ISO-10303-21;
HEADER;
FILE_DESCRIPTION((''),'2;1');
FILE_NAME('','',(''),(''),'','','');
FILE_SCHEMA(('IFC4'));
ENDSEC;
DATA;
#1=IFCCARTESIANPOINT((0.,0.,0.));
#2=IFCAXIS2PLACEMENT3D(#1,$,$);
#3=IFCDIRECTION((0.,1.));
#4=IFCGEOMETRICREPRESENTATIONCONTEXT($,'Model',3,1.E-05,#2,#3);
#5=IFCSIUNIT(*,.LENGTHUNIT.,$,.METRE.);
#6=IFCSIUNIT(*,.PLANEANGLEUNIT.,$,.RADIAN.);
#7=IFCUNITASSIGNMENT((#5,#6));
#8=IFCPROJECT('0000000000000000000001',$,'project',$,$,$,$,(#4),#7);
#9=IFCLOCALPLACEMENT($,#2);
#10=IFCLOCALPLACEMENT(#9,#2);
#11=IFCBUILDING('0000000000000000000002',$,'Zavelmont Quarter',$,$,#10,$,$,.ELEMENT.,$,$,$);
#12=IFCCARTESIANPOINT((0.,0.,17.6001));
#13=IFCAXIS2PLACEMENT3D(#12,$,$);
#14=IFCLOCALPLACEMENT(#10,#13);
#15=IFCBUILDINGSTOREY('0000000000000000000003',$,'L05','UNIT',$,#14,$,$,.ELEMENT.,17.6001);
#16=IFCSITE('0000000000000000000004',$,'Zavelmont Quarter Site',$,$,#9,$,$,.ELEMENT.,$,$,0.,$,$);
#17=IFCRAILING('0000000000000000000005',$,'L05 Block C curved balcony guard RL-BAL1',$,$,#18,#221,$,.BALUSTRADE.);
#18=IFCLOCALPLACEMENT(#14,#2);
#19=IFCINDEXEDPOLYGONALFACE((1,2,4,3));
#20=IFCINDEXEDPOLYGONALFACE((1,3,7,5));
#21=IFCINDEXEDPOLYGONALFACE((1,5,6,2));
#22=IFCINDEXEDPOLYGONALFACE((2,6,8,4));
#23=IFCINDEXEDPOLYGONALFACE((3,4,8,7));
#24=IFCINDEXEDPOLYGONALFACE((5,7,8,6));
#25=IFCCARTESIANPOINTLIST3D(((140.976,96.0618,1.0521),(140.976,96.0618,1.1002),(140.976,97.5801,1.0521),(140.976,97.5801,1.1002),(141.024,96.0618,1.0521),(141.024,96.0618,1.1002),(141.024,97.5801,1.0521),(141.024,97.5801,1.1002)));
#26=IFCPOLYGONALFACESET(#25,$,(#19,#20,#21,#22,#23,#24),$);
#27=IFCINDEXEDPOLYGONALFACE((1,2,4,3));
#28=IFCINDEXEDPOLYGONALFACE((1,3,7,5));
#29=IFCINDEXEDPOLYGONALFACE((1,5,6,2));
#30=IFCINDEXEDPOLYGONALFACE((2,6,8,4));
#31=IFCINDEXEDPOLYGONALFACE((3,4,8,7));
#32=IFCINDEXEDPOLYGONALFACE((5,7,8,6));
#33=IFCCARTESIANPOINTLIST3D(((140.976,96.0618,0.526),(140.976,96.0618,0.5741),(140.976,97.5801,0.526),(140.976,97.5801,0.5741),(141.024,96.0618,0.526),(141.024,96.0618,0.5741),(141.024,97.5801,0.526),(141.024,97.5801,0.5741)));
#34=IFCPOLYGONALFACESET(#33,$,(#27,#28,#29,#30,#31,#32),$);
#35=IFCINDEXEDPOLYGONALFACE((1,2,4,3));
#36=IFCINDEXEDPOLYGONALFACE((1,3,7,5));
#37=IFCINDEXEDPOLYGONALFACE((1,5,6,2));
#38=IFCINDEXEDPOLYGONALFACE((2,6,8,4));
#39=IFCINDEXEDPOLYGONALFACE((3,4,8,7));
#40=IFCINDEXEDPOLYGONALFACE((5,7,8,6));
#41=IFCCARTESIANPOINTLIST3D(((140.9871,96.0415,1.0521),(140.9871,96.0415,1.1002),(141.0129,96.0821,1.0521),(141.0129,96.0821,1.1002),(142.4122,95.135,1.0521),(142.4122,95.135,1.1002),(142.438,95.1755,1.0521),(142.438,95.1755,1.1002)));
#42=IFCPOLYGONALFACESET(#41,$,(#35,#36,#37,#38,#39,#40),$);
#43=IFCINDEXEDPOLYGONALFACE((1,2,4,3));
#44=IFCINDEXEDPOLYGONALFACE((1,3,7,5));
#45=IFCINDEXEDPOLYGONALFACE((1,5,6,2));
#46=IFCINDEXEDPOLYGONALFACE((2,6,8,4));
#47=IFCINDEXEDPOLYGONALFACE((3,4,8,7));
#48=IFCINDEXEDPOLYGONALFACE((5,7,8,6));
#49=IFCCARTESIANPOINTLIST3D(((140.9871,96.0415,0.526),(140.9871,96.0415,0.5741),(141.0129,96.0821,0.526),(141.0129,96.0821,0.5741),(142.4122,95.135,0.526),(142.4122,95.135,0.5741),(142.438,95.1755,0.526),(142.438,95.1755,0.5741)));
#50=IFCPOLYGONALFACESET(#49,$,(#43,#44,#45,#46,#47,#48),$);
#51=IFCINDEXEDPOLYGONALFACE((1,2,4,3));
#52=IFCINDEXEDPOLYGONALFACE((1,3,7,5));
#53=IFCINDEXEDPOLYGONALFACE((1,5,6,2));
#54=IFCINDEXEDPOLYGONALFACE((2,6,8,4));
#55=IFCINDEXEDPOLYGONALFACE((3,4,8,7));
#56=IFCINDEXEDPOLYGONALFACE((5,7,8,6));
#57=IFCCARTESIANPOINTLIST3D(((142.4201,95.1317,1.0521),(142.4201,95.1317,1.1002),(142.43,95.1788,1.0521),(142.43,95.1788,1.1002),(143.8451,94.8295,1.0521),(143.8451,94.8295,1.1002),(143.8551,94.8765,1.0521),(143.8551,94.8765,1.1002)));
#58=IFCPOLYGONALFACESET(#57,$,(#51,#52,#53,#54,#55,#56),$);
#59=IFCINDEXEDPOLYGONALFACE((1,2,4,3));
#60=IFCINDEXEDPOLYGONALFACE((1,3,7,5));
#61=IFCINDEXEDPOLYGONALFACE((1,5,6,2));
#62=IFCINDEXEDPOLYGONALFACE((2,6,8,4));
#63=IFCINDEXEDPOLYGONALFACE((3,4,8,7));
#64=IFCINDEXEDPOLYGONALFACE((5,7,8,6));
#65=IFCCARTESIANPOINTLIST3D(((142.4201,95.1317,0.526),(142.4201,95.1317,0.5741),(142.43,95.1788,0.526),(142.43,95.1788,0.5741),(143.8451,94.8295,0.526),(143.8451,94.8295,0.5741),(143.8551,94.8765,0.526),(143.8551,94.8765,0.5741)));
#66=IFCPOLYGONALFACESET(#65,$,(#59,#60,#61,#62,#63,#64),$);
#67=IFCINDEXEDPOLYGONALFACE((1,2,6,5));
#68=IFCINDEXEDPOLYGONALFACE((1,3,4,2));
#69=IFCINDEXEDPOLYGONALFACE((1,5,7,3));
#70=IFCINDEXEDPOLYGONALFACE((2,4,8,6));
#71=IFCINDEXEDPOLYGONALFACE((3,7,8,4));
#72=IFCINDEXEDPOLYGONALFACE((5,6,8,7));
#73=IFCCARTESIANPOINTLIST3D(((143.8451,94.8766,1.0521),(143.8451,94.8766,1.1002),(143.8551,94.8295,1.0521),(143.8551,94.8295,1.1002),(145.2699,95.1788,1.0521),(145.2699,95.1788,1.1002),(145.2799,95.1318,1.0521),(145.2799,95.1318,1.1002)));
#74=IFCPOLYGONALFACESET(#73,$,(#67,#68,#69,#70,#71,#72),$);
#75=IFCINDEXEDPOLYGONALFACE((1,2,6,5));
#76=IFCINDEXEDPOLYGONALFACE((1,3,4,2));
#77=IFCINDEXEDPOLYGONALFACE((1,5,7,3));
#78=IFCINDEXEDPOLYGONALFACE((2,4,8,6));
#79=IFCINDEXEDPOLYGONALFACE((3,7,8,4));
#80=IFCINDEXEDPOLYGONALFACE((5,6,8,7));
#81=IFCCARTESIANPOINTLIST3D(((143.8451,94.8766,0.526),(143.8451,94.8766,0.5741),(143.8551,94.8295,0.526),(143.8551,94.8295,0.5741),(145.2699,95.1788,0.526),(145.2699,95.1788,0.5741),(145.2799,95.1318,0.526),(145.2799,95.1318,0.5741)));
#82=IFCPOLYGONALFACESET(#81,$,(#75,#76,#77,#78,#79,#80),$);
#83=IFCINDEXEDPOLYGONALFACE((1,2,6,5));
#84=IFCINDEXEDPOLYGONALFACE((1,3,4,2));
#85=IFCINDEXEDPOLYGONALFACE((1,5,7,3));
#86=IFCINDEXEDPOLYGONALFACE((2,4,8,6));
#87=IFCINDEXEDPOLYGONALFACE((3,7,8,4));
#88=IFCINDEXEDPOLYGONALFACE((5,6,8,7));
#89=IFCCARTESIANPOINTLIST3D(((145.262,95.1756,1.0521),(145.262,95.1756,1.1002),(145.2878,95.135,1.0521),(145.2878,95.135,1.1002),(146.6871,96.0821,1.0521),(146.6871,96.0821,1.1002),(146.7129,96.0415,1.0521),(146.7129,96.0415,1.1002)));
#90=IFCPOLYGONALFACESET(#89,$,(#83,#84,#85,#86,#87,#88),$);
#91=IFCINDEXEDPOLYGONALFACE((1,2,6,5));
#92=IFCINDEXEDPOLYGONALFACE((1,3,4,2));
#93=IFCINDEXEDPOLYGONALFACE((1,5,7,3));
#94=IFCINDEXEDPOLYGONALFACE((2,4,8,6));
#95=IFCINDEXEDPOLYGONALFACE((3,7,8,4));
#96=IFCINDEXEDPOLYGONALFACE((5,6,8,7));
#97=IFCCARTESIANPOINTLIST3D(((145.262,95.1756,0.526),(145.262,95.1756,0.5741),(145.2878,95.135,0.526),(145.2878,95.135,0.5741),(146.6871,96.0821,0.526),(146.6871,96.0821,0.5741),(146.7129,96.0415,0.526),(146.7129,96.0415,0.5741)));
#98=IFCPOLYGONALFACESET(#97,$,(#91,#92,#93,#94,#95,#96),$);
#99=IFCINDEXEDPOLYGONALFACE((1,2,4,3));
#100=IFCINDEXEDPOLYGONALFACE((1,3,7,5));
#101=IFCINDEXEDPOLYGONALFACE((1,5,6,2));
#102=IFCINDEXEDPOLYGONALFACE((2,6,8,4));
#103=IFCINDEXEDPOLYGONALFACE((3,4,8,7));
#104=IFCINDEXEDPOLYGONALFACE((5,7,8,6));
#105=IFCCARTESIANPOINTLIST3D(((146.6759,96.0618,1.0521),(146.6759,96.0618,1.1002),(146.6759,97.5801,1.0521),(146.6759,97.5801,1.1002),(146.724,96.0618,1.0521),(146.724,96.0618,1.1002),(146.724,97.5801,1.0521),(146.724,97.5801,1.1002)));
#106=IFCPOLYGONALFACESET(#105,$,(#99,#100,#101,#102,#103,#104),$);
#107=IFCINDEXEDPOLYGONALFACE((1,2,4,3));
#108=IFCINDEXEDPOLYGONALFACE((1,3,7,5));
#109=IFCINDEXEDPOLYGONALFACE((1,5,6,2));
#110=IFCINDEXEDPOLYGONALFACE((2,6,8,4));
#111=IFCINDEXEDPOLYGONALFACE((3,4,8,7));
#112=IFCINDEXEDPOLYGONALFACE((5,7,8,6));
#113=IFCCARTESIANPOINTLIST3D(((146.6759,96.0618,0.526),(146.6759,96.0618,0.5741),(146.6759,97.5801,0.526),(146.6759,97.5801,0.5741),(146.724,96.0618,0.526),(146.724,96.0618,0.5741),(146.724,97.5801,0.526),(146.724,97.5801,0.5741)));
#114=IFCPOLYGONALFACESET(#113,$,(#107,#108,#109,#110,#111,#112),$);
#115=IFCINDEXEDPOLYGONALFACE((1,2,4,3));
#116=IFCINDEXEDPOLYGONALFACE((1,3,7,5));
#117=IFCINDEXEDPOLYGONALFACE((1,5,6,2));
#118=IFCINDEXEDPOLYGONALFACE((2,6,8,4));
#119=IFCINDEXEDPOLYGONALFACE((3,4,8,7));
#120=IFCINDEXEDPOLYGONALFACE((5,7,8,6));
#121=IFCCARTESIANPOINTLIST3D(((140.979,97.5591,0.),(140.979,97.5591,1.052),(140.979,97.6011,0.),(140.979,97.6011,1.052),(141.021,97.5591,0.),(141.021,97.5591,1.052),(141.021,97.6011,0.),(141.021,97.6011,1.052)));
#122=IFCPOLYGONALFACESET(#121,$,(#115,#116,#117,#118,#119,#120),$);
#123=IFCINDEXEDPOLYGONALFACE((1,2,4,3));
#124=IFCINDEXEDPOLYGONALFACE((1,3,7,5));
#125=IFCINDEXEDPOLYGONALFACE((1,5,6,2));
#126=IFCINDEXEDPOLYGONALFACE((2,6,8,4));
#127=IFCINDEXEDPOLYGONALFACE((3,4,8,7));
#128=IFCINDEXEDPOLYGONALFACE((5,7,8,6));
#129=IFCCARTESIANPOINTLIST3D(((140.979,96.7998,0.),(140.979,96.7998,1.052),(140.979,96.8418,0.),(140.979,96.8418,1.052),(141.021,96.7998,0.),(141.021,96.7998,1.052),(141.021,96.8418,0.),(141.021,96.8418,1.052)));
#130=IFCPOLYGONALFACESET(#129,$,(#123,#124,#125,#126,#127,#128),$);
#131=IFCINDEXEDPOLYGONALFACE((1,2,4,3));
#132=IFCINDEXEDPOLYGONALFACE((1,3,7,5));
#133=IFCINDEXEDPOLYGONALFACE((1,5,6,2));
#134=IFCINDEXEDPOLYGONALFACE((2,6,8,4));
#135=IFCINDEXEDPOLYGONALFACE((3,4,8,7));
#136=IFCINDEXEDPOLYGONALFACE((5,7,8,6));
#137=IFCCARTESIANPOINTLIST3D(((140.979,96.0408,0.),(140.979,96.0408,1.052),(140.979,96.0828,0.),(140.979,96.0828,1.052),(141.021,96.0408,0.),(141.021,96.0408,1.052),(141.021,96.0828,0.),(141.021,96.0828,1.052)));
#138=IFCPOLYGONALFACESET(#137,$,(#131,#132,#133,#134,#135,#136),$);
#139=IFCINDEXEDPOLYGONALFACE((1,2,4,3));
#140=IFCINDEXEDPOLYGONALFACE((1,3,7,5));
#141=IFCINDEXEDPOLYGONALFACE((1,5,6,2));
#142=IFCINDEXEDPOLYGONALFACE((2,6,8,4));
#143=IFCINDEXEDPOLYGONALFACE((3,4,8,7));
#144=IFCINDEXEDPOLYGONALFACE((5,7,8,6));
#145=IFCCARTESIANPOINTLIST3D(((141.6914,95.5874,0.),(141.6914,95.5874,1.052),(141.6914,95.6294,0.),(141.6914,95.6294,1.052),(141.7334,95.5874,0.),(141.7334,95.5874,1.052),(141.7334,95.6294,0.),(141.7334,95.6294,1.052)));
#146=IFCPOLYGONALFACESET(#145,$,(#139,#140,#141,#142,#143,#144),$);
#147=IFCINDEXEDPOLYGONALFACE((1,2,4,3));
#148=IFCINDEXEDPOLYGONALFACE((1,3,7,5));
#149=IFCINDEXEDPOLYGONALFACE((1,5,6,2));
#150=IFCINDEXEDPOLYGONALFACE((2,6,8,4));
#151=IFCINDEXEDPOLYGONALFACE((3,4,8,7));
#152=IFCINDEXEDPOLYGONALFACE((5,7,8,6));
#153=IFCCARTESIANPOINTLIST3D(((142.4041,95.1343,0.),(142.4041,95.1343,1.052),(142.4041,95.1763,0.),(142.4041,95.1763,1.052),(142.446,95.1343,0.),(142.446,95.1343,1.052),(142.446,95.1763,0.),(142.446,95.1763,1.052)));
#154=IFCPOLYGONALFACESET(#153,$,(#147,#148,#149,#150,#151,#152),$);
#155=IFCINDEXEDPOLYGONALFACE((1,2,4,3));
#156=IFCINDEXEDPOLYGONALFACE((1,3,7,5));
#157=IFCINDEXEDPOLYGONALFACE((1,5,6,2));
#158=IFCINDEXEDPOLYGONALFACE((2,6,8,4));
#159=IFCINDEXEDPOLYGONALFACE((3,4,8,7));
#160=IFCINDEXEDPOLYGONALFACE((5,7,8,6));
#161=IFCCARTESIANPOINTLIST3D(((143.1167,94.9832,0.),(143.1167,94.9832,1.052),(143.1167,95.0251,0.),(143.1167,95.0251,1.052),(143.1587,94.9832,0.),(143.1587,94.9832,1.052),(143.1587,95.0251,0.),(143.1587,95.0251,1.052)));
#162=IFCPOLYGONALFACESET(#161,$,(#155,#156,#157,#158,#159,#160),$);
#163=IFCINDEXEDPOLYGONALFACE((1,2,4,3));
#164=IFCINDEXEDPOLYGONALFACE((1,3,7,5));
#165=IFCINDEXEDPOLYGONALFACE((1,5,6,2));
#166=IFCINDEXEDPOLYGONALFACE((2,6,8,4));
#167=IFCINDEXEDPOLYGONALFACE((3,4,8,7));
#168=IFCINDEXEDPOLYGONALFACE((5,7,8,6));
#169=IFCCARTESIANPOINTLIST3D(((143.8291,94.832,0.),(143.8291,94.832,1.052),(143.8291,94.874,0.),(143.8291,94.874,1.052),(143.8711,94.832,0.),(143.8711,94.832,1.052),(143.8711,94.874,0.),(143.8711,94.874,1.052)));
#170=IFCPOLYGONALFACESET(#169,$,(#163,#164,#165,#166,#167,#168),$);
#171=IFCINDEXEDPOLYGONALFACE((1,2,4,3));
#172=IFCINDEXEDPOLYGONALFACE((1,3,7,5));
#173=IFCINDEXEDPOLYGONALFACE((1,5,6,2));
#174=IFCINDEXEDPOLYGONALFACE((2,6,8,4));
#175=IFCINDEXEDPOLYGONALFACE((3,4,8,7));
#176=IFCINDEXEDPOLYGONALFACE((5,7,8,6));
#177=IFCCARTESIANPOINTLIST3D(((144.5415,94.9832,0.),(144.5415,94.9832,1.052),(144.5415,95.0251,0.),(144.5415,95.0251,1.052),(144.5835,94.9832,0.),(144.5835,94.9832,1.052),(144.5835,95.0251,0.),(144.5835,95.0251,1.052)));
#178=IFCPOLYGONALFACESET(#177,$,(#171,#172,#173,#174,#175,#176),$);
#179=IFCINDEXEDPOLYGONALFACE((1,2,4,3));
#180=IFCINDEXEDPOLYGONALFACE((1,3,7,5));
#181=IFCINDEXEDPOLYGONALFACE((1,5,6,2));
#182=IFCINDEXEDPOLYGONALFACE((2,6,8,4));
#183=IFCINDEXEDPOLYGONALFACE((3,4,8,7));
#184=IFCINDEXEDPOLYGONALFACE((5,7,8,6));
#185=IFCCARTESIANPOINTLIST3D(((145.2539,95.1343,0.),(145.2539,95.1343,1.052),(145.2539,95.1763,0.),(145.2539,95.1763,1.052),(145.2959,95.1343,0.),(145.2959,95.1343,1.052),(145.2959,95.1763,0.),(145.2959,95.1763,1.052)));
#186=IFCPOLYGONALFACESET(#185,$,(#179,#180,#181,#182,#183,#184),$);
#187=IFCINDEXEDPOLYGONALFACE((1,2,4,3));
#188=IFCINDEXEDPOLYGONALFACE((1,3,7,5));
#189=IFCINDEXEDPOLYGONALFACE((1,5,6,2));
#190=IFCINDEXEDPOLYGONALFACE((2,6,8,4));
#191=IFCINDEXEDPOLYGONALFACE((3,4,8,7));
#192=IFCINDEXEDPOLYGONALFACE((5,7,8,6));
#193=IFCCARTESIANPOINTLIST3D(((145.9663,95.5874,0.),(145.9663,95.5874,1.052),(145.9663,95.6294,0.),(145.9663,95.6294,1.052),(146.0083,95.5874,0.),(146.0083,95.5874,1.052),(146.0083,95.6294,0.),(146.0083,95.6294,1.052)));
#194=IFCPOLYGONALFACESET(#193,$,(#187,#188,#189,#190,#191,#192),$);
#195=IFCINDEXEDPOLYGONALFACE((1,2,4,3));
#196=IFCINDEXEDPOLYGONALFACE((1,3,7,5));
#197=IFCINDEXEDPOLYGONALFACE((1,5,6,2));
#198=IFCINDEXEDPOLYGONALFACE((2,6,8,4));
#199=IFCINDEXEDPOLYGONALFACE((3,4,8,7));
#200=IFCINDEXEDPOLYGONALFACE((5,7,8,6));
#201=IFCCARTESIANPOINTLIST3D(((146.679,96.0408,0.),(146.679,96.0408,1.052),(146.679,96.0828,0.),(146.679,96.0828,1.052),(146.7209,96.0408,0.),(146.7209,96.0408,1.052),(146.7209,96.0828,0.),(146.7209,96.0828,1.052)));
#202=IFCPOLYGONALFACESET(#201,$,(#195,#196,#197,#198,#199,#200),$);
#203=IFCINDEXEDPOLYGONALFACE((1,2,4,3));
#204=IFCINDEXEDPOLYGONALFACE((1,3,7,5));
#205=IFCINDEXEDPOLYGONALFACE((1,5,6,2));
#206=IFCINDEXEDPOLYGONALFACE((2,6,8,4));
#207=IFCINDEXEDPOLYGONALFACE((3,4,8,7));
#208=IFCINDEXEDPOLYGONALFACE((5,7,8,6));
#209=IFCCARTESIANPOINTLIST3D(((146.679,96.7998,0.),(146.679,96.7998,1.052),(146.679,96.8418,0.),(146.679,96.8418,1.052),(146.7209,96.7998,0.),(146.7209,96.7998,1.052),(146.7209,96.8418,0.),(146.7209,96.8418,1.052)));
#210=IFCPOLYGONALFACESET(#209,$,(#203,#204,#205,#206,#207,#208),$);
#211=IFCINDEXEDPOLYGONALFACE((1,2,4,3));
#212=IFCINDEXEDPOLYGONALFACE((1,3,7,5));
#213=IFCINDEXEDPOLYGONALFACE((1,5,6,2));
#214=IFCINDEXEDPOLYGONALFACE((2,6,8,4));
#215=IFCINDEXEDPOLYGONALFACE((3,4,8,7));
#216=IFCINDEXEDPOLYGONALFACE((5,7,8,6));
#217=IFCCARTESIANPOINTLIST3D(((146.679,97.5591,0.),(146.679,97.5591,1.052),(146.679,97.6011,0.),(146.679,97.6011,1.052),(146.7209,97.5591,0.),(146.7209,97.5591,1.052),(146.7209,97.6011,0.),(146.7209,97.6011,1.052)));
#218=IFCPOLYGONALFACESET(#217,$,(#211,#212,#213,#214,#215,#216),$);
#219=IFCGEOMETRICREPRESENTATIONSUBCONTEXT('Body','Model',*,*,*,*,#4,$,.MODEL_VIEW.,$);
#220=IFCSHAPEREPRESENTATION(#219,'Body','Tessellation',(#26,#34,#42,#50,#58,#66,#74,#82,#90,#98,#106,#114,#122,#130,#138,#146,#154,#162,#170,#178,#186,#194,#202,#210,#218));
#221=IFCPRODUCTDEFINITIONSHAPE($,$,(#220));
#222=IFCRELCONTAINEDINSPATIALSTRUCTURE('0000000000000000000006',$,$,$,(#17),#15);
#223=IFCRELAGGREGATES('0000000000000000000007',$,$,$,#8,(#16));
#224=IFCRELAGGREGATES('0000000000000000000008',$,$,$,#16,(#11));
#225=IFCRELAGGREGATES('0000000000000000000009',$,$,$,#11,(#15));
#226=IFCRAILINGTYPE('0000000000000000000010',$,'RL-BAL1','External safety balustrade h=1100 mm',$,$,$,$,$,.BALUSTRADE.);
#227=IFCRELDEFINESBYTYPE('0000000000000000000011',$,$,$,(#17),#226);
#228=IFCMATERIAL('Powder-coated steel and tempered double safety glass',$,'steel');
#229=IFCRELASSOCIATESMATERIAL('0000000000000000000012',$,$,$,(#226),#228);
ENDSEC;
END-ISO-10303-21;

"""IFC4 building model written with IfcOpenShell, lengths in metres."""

from ifc_helpers import new_model, si_unit, direction, frame, origin, origin_2d, place, context, subcontext, project, spatial, rectangle, extrude, material, type_object, element, save


model = new_model("IFC4")

# Units and contexts
model_context = context("Model", 3, precision=1e-05, world=origin(), true_north=direction((0.0, 1.0)))
body_context = subcontext(model_context, "Body", "Model", "MODEL_VIEW")
ifc_project = project(units=[si_unit("LENGTHUNIT", "METRE"), si_unit("PLANEANGLEUNIT", "RADIAN")], contexts=[model_context])

# Site, building, storey
site_placement = place(None, origin())
site = spatial("IfcSite", under=ifc_project, at=site_placement, Name="Zavelmont Quarter Site", CompositionType="ELEMENT", RefElevation=0.0)
building_placement = place(site_placement, origin())
building = spatial("IfcBuilding", under=site, at=building_placement, Name="Zavelmont Quarter", CompositionType="ELEMENT")
storey_placement = place(building_placement, frame((0.0, 0.0, 17.6001)))
storey = spatial("IfcBuildingStorey", under=building, at=storey_placement, Name="L05", Description="UNIT", CompositionType="ELEMENT", Elevation=17.6001)

# Railing
ifc_material_1 = material(Name="Powder-coated steel and tempered double safety glass", Category="steel")
railing_type = type_object("IfcRailingType", Name="RL-BAL1", Description="External safety balustrade h=1100 mm", PredefinedType="BALUSTRADE", material=ifc_material_1)
railing_placement = place(storey_placement, frame((141.0, 97.5801, 0.0)))
element("IfcRailing", 1, at=railing_placement, inside=storey, type_object=railing_type, Name="L05 Block C curved balcony guard RL-BAL1", PredefinedType="BALUSTRADE", context=body_context, shape_type="SweptSolid", body=[
    extrude(rectangle(XDim=0.0481, YDim=0.0481, at=origin_2d()), frame((0.0, 0.0, 1.0762), z_axis=(0.0, -1.0, 0.0), x_axis=(1.0, 0.0, 0.0)), (0.0, 0.0, 1.0), 1.5183),
    extrude(rectangle(XDim=0.0481, YDim=0.0481, at=origin_2d()), frame((0.0, 0.0, 0.55), z_axis=(0.0, -1.0, 0.0), x_axis=(1.0, 0.0, 0.0)), (0.0, 0.0, 1.0), 1.5183),
    extrude(rectangle(XDim=0.0481, YDim=0.0481, at=origin_2d()), frame((0.0, -1.5183, 1.0762), z_axis=(0.843757, -0.536726, 0.0), x_axis=(0.536726, 0.843757, 0.0)), (0.0, 0.0, 1.0), 1.689),
    extrude(rectangle(XDim=0.0481, YDim=0.0481, at=origin_2d()), frame((0.0, -1.5183, 0.55), z_axis=(0.843757, -0.536726, 0.0), x_axis=(0.536726, 0.843757, 0.0)), (0.0, 0.0, 1.0), 1.689),
    extrude(rectangle(XDim=0.0481, YDim=0.0481, at=origin_2d()), frame((1.425, -2.4248, 1.0762), z_axis=(0.978239, -0.20748, 0.0), x_axis=(0.20748, 0.978239, 0.0)), (0.0, 0.0, 1.0), 1.4568),
    extrude(rectangle(XDim=0.0481, YDim=0.0481, at=origin_2d()), frame((1.425, -2.4248, 0.55), z_axis=(0.978239, -0.20748, 0.0), x_axis=(0.20748, 0.978239, 0.0)), (0.0, 0.0, 1.0), 1.4568),
    extrude(rectangle(XDim=0.0481, YDim=0.0481, at=origin_2d()), frame((2.8501, -2.7271, 1.0762), z_axis=(0.978232, 0.207514, 0.0), x_axis=(-0.207514, 0.978232, 0.0)), (0.0, 0.0, 1.0), 1.4565),
    extrude(rectangle(XDim=0.0481, YDim=0.0481, at=origin_2d()), frame((2.8501, -2.7271, 0.55), z_axis=(0.978232, 0.207514, 0.0), x_axis=(-0.207514, 0.978232, 0.0)), (0.0, 0.0, 1.0), 1.4565),
    extrude(rectangle(XDim=0.0481, YDim=0.0481, at=origin_2d()), frame((4.2749, -2.4248, 1.0762), z_axis=(0.843757, 0.536726, 0.0), x_axis=(-0.536726, 0.843757, 0.0)), (0.0, 0.0, 1.0), 1.689),
    extrude(rectangle(XDim=0.0481, YDim=0.0481, at=origin_2d()), frame((4.2749, -2.4248, 0.55), z_axis=(0.843757, 0.536726, 0.0), x_axis=(-0.536726, 0.843757, 0.0)), (0.0, 0.0, 1.0), 1.689),
    extrude(rectangle(XDim=0.0481, YDim=0.0481, at=origin_2d()), frame((5.7, -1.5183, 1.0762), z_axis=(0.0, 1.0, 0.0), x_axis=(-1.0, 0.0, 0.0)), (0.0, 0.0, 1.0), 1.5183),
    extrude(rectangle(XDim=0.0481, YDim=0.0481, at=origin_2d()), frame((5.7, -1.5183, 0.55), z_axis=(0.0, 1.0, 0.0), x_axis=(-1.0, 0.0, 0.0)), (0.0, 0.0, 1.0), 1.5183),
    extrude(rectangle(XDim=0.042, YDim=0.042, at=origin_2d()), origin(), (0.0, 0.0, 1.0), 1.052),
    extrude(rectangle(XDim=0.042, YDim=0.042, at=origin_2d()), frame((0.0, -0.7593, 0.0)), (0.0, 0.0, 1.0), 1.052),
    extrude(rectangle(XDim=0.042, YDim=0.042, at=origin_2d()), frame((0.0, -1.5183, 0.0)), (0.0, 0.0, 1.0), 1.052),
    extrude(rectangle(XDim=0.042, YDim=0.042, at=origin_2d()), frame((0.7124, -1.9717, 0.0)), (0.0, 0.0, 1.0), 1.052),
    extrude(rectangle(XDim=0.042, YDim=0.042, at=origin_2d()), frame((1.425, -2.4248, 0.0)), (0.0, 0.0, 1.0), 1.052),
    extrude(rectangle(XDim=0.042, YDim=0.042, at=origin_2d()), frame((2.1377, -2.5759, 0.0)), (0.0, 0.0, 1.0), 1.052),
    extrude(rectangle(XDim=0.042, YDim=0.042, at=origin_2d()), frame((2.8501, -2.7271, 0.0)), (0.0, 0.0, 1.0), 1.052),
    extrude(rectangle(XDim=0.042, YDim=0.042, at=origin_2d()), frame((3.5625, -2.5759, 0.0)), (0.0, 0.0, 1.0), 1.052),
    extrude(rectangle(XDim=0.042, YDim=0.042, at=origin_2d()), frame((4.2749, -2.4248, 0.0)), (0.0, 0.0, 1.0), 1.052),
    extrude(rectangle(XDim=0.042, YDim=0.042, at=origin_2d()), frame((4.9873, -1.9717, 0.0)), (0.0, 0.0, 1.0), 1.052),
    extrude(rectangle(XDim=0.042, YDim=0.042, at=origin_2d()), frame((5.7, -1.5183, 0.0)), (0.0, 0.0, 1.0), 1.052),
    extrude(rectangle(XDim=0.042, YDim=0.042, at=origin_2d()), frame((5.7, -0.7593, 0.0)), (0.0, 0.0, 1.0), 1.052),
    extrude(rectangle(XDim=0.042, YDim=0.042, at=origin_2d()), frame((5.7, 0.0, 0.0)), (0.0, 0.0, 1.0), 1.052),
])

save(model, "model.ifc")
